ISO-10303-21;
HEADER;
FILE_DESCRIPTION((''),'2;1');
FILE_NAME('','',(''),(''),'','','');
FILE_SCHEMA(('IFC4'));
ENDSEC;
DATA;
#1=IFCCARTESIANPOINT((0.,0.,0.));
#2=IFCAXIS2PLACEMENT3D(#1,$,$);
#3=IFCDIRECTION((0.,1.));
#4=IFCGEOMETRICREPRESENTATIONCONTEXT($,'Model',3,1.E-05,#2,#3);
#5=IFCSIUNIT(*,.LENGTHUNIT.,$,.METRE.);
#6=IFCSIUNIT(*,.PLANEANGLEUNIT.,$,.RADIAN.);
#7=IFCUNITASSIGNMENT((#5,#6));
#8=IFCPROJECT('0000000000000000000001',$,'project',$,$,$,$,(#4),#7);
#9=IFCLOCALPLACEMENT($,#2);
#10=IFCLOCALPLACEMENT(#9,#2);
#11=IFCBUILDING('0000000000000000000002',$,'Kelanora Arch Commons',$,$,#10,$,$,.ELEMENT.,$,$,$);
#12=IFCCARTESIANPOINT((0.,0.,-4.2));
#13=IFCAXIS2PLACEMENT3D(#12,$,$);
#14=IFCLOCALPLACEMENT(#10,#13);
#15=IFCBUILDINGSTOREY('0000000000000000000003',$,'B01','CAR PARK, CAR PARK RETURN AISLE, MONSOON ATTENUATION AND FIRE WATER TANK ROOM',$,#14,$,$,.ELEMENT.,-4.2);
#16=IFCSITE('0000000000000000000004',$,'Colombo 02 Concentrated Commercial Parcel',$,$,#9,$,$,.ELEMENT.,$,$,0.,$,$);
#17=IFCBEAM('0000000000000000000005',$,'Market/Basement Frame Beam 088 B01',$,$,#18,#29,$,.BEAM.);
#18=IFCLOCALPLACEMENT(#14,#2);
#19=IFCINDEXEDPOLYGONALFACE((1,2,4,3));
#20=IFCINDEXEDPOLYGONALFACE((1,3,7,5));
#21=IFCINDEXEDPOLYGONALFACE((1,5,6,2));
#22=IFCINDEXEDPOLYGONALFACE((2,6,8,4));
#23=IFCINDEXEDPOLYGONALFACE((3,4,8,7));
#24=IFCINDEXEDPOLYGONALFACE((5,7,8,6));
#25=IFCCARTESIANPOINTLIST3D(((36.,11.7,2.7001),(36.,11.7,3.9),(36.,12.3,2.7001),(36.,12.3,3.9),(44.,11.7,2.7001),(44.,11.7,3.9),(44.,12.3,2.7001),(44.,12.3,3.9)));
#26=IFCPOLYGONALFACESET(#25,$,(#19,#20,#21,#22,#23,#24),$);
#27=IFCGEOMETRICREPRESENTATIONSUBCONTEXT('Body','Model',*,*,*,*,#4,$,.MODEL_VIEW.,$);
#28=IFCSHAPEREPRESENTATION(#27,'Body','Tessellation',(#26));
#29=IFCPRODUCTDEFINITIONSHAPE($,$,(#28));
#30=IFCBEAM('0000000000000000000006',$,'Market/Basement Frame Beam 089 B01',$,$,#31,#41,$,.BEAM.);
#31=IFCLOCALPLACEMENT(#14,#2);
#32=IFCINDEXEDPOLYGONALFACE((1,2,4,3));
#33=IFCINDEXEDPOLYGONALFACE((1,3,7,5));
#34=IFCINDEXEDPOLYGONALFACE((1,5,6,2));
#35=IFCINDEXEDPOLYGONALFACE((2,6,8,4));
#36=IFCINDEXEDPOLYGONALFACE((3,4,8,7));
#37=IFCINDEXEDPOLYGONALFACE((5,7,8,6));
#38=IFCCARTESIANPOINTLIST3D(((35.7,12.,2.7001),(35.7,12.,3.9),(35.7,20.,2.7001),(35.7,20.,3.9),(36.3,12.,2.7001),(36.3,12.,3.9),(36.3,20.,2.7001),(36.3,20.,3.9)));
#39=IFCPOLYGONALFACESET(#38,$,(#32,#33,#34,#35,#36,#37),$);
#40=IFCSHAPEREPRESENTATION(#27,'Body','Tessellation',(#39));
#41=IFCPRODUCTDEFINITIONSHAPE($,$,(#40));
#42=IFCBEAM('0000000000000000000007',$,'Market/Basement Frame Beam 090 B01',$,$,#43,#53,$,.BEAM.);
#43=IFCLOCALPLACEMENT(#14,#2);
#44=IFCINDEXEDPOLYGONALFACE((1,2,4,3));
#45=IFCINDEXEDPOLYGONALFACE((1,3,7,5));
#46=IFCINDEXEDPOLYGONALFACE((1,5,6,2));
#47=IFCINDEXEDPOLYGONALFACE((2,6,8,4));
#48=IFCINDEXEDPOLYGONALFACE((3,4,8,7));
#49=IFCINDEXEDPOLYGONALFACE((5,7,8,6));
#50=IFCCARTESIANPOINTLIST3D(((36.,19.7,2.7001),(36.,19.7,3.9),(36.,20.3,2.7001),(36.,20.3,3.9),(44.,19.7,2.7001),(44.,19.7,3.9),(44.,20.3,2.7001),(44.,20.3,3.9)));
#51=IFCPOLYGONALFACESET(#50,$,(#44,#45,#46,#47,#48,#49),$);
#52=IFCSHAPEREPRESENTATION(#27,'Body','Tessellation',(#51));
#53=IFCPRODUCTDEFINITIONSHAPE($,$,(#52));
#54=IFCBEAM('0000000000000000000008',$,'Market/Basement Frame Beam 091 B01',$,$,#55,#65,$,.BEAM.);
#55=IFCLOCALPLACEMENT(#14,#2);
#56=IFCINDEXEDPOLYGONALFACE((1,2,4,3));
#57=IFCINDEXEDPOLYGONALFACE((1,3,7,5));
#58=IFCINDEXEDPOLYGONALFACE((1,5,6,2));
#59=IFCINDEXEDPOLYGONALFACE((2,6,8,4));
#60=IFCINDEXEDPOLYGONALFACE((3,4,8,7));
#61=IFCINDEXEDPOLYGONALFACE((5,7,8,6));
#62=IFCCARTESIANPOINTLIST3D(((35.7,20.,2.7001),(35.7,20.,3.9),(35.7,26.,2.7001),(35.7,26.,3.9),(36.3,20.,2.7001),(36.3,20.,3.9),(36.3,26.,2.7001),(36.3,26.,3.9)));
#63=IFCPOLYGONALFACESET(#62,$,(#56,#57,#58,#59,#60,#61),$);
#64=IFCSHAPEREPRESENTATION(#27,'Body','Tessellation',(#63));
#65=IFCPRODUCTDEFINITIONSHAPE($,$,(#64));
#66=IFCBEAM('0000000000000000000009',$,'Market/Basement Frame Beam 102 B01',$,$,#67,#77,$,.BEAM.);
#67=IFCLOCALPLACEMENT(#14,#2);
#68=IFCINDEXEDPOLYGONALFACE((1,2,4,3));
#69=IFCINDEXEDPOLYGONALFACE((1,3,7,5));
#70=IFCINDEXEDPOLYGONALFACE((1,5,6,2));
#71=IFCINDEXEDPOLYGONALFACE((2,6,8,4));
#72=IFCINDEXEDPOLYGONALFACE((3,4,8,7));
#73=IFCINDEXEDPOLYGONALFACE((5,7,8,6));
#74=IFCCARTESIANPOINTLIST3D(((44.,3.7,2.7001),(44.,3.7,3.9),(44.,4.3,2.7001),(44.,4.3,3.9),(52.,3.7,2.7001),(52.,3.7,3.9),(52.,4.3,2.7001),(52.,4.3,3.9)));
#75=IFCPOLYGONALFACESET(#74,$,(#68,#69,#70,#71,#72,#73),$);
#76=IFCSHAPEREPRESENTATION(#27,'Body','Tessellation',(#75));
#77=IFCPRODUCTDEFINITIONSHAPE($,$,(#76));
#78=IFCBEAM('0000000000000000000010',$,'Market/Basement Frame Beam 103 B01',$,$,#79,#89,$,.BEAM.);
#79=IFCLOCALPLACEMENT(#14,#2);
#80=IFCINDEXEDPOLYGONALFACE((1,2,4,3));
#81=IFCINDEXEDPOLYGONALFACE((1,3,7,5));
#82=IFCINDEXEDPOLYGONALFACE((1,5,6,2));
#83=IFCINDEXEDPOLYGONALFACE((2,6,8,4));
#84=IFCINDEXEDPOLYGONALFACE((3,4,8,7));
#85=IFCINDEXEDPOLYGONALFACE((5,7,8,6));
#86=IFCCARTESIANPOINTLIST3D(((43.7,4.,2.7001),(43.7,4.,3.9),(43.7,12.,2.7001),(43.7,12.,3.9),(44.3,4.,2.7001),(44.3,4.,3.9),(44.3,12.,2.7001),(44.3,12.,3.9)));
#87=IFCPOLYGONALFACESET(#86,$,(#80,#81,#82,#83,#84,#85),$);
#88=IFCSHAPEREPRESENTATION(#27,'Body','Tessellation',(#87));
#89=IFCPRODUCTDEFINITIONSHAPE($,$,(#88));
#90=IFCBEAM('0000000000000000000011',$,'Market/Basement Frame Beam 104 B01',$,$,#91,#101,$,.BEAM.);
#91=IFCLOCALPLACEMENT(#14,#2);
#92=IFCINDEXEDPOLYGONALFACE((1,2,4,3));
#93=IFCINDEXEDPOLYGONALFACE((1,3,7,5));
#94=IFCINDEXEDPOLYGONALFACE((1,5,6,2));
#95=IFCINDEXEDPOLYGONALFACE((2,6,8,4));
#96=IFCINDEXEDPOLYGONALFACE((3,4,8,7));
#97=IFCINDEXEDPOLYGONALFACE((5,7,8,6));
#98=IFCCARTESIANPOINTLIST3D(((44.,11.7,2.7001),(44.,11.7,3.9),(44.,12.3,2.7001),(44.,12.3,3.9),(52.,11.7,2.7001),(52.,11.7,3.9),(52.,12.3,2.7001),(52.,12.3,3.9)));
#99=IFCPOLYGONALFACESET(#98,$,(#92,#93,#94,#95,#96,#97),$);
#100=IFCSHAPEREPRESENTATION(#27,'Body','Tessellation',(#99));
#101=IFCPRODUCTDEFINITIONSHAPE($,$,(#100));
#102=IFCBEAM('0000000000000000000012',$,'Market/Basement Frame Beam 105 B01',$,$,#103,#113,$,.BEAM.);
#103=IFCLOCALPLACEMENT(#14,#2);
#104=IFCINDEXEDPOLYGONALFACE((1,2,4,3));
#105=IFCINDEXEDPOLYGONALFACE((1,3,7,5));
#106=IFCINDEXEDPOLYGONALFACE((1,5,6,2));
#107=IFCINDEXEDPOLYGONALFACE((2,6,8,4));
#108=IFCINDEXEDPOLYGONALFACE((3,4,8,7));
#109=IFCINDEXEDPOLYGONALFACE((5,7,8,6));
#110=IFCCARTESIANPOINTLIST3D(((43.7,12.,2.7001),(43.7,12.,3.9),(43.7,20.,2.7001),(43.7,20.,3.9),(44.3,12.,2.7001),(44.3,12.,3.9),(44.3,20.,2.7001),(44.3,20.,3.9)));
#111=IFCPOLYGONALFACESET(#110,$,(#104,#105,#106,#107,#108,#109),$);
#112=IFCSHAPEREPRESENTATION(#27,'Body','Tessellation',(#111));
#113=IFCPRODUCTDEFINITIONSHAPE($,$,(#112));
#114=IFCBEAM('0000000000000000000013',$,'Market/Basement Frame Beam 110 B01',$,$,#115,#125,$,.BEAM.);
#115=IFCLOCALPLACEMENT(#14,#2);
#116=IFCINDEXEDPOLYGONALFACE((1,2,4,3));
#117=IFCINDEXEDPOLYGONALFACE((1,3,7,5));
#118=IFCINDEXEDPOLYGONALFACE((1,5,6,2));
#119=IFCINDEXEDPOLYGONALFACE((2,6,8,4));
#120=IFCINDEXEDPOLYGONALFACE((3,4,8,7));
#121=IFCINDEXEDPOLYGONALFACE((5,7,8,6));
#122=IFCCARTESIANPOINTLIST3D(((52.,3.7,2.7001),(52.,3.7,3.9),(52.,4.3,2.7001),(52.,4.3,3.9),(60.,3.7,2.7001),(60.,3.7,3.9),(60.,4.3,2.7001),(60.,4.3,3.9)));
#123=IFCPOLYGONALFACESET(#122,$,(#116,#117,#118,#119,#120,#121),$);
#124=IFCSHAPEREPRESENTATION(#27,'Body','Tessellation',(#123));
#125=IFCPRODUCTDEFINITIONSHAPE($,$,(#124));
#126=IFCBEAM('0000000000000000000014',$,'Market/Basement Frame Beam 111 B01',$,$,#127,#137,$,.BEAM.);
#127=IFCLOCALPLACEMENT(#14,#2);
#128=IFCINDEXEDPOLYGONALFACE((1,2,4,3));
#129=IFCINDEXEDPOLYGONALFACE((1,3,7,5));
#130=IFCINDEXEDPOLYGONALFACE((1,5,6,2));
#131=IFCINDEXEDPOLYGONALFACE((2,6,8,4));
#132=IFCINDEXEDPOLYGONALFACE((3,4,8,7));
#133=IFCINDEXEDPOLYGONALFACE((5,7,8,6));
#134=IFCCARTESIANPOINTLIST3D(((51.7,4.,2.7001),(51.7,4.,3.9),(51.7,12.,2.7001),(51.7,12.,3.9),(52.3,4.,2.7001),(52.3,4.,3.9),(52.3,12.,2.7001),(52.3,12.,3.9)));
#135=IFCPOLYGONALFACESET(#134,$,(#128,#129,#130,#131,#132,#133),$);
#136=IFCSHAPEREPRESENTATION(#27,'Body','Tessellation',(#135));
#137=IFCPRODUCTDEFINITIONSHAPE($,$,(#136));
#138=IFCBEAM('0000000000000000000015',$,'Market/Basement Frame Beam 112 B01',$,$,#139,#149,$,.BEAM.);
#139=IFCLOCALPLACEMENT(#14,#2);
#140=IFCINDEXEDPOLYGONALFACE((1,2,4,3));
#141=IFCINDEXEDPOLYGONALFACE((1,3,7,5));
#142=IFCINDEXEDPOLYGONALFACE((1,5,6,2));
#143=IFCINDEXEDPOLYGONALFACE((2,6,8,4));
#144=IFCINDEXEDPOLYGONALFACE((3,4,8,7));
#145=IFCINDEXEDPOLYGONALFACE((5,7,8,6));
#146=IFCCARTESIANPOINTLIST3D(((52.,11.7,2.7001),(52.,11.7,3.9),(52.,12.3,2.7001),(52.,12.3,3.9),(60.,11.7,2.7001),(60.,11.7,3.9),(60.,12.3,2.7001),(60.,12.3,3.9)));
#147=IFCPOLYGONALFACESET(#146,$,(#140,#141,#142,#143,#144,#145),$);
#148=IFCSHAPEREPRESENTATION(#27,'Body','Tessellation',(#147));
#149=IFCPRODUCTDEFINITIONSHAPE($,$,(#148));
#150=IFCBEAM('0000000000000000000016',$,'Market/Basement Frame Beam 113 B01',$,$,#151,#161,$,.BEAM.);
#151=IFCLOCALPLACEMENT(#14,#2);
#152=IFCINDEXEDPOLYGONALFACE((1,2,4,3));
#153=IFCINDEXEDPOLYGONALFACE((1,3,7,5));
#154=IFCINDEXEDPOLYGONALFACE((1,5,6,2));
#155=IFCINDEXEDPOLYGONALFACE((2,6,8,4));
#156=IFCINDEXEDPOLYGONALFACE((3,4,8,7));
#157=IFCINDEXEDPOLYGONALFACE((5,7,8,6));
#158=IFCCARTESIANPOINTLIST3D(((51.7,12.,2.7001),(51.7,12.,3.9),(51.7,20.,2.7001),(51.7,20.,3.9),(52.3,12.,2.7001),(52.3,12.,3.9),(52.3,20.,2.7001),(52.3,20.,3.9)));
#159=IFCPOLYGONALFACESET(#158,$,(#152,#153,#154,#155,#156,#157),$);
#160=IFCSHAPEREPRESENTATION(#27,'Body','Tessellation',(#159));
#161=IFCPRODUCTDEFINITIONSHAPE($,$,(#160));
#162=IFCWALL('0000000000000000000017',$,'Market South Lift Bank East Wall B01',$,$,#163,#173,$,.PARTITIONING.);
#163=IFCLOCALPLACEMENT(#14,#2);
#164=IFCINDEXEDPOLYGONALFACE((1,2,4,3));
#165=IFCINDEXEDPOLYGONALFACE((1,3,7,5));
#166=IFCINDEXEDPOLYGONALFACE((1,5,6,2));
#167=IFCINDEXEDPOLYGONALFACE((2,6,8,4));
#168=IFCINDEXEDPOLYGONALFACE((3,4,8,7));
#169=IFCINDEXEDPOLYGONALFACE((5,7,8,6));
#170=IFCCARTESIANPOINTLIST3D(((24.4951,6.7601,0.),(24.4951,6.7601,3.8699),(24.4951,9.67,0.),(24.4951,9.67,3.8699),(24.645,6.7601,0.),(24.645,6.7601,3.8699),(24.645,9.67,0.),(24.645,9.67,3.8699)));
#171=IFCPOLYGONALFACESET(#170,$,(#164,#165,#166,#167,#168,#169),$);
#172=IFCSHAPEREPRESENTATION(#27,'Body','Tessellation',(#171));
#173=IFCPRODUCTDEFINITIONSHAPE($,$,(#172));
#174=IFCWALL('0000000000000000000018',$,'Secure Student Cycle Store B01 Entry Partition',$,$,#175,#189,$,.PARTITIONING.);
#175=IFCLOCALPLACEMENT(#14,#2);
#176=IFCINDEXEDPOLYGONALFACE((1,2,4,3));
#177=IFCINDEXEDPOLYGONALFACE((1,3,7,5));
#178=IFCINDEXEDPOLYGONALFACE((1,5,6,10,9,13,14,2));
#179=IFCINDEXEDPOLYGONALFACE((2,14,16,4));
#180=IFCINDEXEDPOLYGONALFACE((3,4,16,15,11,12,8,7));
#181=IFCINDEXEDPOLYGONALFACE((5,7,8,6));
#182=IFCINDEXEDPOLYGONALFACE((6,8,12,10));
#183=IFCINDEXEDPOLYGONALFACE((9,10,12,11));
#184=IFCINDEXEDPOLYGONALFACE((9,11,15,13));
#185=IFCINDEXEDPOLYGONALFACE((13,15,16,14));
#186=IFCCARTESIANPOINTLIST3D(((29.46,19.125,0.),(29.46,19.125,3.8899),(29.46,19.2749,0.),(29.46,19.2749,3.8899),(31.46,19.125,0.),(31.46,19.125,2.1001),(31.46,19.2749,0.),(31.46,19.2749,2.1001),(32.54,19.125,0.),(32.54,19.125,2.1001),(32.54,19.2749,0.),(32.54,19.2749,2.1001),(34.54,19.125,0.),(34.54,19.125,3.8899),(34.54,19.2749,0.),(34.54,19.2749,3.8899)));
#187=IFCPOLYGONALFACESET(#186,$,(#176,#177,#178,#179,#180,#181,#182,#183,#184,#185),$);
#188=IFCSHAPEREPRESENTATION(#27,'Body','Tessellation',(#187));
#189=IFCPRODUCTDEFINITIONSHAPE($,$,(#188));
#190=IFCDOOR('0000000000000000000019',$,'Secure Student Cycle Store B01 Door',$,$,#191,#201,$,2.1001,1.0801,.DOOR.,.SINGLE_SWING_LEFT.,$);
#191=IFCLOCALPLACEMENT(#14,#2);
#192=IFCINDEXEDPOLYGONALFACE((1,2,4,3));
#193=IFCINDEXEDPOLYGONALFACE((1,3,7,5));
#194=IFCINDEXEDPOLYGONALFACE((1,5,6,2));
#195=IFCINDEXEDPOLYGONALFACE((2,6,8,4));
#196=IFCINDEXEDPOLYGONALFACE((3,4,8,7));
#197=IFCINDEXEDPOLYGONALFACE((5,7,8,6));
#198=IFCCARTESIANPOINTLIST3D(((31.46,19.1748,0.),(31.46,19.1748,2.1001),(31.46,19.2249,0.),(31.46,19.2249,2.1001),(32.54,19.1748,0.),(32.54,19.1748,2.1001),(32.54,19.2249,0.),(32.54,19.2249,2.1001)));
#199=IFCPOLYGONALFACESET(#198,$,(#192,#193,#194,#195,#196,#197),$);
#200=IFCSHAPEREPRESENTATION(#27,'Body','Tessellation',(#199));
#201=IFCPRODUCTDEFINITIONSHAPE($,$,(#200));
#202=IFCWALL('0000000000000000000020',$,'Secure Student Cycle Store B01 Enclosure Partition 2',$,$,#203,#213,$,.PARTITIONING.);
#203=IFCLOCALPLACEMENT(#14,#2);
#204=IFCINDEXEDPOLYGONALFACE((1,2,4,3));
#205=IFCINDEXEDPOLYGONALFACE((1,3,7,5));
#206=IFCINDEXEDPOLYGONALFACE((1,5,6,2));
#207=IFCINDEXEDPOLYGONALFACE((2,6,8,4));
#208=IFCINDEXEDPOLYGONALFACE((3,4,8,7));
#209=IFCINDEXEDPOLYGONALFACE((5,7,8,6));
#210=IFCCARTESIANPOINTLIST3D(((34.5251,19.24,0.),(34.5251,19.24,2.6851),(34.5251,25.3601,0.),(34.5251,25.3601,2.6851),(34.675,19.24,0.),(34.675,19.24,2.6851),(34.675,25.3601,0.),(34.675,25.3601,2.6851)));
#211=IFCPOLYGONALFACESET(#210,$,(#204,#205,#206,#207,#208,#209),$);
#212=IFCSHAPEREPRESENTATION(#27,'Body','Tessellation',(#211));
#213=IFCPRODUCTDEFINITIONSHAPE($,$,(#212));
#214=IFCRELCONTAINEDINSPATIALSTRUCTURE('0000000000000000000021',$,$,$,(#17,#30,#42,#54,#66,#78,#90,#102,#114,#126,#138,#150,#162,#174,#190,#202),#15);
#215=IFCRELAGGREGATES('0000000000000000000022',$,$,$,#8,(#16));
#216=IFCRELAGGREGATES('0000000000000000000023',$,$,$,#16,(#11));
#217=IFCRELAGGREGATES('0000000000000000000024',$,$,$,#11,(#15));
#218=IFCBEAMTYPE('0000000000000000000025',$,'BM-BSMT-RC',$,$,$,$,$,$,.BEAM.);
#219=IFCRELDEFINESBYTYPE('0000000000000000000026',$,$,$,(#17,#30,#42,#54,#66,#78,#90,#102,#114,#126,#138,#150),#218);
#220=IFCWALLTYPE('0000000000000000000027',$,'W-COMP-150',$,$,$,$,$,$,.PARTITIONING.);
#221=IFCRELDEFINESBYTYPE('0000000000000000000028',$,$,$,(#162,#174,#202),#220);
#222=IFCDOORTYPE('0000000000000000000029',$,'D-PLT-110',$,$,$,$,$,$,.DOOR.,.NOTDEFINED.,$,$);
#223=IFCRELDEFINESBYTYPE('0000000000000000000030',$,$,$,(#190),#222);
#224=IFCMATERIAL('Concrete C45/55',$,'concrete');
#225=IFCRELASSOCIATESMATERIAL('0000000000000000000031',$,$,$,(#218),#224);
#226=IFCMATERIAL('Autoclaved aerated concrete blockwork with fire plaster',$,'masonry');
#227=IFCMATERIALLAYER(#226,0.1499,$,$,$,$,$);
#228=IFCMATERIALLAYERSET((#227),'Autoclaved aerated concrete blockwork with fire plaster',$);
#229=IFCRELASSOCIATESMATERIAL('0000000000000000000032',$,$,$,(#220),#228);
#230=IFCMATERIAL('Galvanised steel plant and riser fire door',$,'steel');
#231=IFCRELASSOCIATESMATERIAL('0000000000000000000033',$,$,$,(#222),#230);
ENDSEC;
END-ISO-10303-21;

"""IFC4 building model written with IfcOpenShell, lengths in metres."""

from ifc_helpers import new_model, si_unit, direction, frame, frame_2d, origin, origin_2d, place, context, subcontext, project, spatial, rectangle, extrude, material, layer, layer_set, material_profile, profile_set, type_object, element, fill, save


model = new_model("IFC4")

# Units and contexts
model_context = context("Model", 3, precision=1e-05, world=origin(), true_north=direction((0.0, 1.0)))
body_context = subcontext(model_context, "Body", "Model", "MODEL_VIEW")
ifc_project = project(units=[si_unit("LENGTHUNIT", "METRE"), si_unit("PLANEANGLEUNIT", "RADIAN")], contexts=[model_context])

# Site, building, storey
site_placement = place(None, origin())
site = spatial("IfcSite", under=ifc_project, at=site_placement, Name="Colombo 02 Concentrated Commercial Parcel", CompositionType="ELEMENT", RefElevation=0.0)
building_placement = place(site_placement, origin())
building = spatial("IfcBuilding", under=site, at=building_placement, Name="Kelanora Arch Commons", CompositionType="ELEMENT")
storey_placement = place(building_placement, frame((0.0, 0.0, -4.2)))
storey = spatial("IfcBuildingStorey", under=building, at=storey_placement, Name="B01", Description="CAR PARK, CAR PARK RETURN AISLE, MONSOON ATTENUATION AND FIRE WATER TANK ROOM", CompositionType="ELEMENT", Elevation=-4.2)

# Beams
ifc_material_1 = material(Name="Concrete C45/55", Category="concrete")
ifc_material_profile_1 = material_profile(ifc_material_1, rectangle(XDim=0.6001, YDim=1.2, at=origin_2d()), Name="RCB600x1200")
ifc_profile_set_1 = profile_set([ifc_material_profile_1], Name="Concrete C45/55")
beam_type = type_object("IfcBeamType", Name="BM-BSMT-RC", PredefinedType="BEAM", material=ifc_profile_set_1)
for number, where, z_axis, x_axis, name in (
    (1, (36.0, 12.0, 3.3), (1.0, 0.0, 0.0), (0.0, 1.0, 0.0), "Market/Basement Frame Beam 088 B01"),
    (2, (36.0, 12.0, 3.3), (0.0, 1.0, 0.0), (-1.0, 0.0, 0.0), "Market/Basement Frame Beam 089 B01"),
    (3, (36.0, 20.0, 3.3), (1.0, 0.0, 0.0), (0.0, 1.0, 0.0), "Market/Basement Frame Beam 090 B01"),
):
    element("IfcBeam", number, at=place(storey_placement, frame(where, z_axis=z_axis, x_axis=x_axis)), inside=storey, type_object=beam_type, Name=name, PredefinedType="BEAM", context=body_context, shape_type="SweptSolid", body=[
        extrude(rectangle(XDim=0.6001, YDim=1.2, at=origin_2d()), origin(), (0.0, 0.0, 1.0), 8.0),
    ])
beam_1_placement = place(storey_placement, frame((36.0, 20.0, 3.3), z_axis=(0.0, 1.0, 0.0), x_axis=(-1.0, 0.0, 0.0)))
element("IfcBeam", 4, at=beam_1_placement, inside=storey, type_object=beam_type, Name="Market/Basement Frame Beam 091 B01", PredefinedType="BEAM", context=body_context, shape_type="SweptSolid", body=[
    extrude(rectangle(XDim=0.6001, YDim=1.2, at=origin_2d()), origin(), (0.0, 0.0, 1.0), 6.0),
])
for number, where, z_axis, x_axis, name in (
    (5, (44.0, 4.0, 3.3), (1.0, 0.0, 0.0), (0.0, 1.0, 0.0), "Market/Basement Frame Beam 102 B01"),
    (6, (44.0, 4.0, 3.3), (0.0, 1.0, 0.0), (-1.0, 0.0, 0.0), "Market/Basement Frame Beam 103 B01"),
    (7, (44.0, 12.0, 3.3), (1.0, 0.0, 0.0), (0.0, 1.0, 0.0), "Market/Basement Frame Beam 104 B01"),
    (8, (44.0, 12.0, 3.3), (0.0, 1.0, 0.0), (-1.0, 0.0, 0.0), "Market/Basement Frame Beam 105 B01"),
    (9, (52.0, 4.0, 3.3), (1.0, 0.0, 0.0), (0.0, 1.0, 0.0), "Market/Basement Frame Beam 110 B01"),
    (10, (52.0, 4.0, 3.3), (0.0, 1.0, 0.0), (-1.0, 0.0, 0.0), "Market/Basement Frame Beam 111 B01"),
    (11, (52.0, 12.0, 3.3), (1.0, 0.0, 0.0), (0.0, 1.0, 0.0), "Market/Basement Frame Beam 112 B01"),
    (12, (52.0, 12.0, 3.3), (0.0, 1.0, 0.0), (-1.0, 0.0, 0.0), "Market/Basement Frame Beam 113 B01"),
):
    element("IfcBeam", number, at=place(storey_placement, frame(where, z_axis=z_axis, x_axis=x_axis)), inside=storey, type_object=beam_type, Name=name, PredefinedType="BEAM", context=body_context, shape_type="SweptSolid", body=[
        extrude(rectangle(XDim=0.6001, YDim=1.2, at=origin_2d()), origin(), (0.0, 0.0, 1.0), 8.0),
    ])

# Wall
ifc_material_2 = material(Name="Autoclaved aerated concrete blockwork with fire plaster", Category="masonry")
ifc_layer = layer(ifc_material_2, 0.1499)
ifc_layer_set = layer_set([ifc_layer], Name="Autoclaved aerated concrete blockwork with fire plaster")
wall_type = type_object("IfcWallType", Name="W-COMP-150", PredefinedType="PARTITIONING", material=ifc_layer_set)
wall_1_placement = place(storey_placement, frame((24.5701, 6.76, 0.0), z_axis=(0.0, 0.0, 1.0), x_axis=(0.0, 1.0, 0.0)))
element("IfcWall", 13, at=wall_1_placement, inside=storey, type_object=wall_type, Name="Market South Lift Bank East Wall B01", PredefinedType="PARTITIONING", context=body_context, shape_type="SweptSolid", body=[
    extrude(rectangle(XDim=2.9099, YDim=0.1499, at=frame_2d((1.4551, 0.0))), origin(), (0.0, 0.0, 1.0), 3.8699),
])

# Wall, opening, door
wall_2_placement = place(storey_placement, frame((29.46, 19.2, 0.0), z_axis=(0.0, 0.0, 1.0), x_axis=(1.0, 0.0, 0.0)))
wall_2 = element("IfcWall", 14, at=wall_2_placement, inside=storey, type_object=wall_type, Name="Secure Student Cycle Store B01 Entry Partition", PredefinedType="PARTITIONING", context=body_context, shape_type="SweptSolid", body=[
    extrude(rectangle(XDim=5.0801, YDim=0.1499, at=frame_2d((2.54, 0.0))), origin(), (0.0, 0.0, 1.0), 3.8899),
])
opening_placement = place(wall_2_placement, frame((2.0, 0.0, 0.0)))
opening = element("IfcOpeningElement", 15, at=opening_placement, cuts=wall_2, PredefinedType="OPENING", context=body_context, shape_type="SweptSolid", body=[
    extrude(rectangle(XDim=1.0801, YDim=2.1001, at=frame_2d((0.54, 1.05))), frame((0.0, 0.085, 0.0), z_axis=(0.0, -1.0, 0.0), x_axis=(1.0, 0.0, 0.0)), (0.0, 0.0, 1.0), 0.1699),
])
ifc_material_3 = material(Name="Galvanised steel plant and riser fire door", Category="steel")
door_type = type_object("IfcDoorType", Name="D-PLT-110", OperationType="NOTDEFINED", PredefinedType="DOOR", material=ifc_material_3)
door_placement = place(opening_placement, origin())
door = element("IfcDoor", 16, at=door_placement, inside=storey, type_object=door_type, Name="Secure Student Cycle Store B01 Door", OperationType="SINGLE_SWING_LEFT", OverallHeight=2.1001, OverallWidth=1.0801, PredefinedType="DOOR", context=body_context, shape_type="SweptSolid", body=[
    extrude(rectangle(XDim=1.0801, YDim=2.1001, at=frame_2d((0.54, 1.05))), frame((0.0, 0.0249, 0.0), z_axis=(0.0, -1.0, 0.0), x_axis=(1.0, 0.0, 0.0)), (0.0, 0.0, 1.0), 0.05),
])
fill(opening, door)

# Wall
wall_3_placement = place(storey_placement, frame((34.6001, 19.24, 0.0), z_axis=(0.0, 0.0, 1.0), x_axis=(0.0, 1.0, 0.0)))
element("IfcWall", 17, at=wall_3_placement, inside=storey, type_object=wall_type, Name="Secure Student Cycle Store B01 Enclosure Partition 2", PredefinedType="PARTITIONING", context=body_context, shape_type="SweptSolid", body=[
    extrude(rectangle(XDim=6.1201, YDim=0.1499, at=frame_2d((3.0601, 0.0))), origin(), (0.0, 0.0, 1.0), 2.6851),
])

save(model, "model.ifc")
